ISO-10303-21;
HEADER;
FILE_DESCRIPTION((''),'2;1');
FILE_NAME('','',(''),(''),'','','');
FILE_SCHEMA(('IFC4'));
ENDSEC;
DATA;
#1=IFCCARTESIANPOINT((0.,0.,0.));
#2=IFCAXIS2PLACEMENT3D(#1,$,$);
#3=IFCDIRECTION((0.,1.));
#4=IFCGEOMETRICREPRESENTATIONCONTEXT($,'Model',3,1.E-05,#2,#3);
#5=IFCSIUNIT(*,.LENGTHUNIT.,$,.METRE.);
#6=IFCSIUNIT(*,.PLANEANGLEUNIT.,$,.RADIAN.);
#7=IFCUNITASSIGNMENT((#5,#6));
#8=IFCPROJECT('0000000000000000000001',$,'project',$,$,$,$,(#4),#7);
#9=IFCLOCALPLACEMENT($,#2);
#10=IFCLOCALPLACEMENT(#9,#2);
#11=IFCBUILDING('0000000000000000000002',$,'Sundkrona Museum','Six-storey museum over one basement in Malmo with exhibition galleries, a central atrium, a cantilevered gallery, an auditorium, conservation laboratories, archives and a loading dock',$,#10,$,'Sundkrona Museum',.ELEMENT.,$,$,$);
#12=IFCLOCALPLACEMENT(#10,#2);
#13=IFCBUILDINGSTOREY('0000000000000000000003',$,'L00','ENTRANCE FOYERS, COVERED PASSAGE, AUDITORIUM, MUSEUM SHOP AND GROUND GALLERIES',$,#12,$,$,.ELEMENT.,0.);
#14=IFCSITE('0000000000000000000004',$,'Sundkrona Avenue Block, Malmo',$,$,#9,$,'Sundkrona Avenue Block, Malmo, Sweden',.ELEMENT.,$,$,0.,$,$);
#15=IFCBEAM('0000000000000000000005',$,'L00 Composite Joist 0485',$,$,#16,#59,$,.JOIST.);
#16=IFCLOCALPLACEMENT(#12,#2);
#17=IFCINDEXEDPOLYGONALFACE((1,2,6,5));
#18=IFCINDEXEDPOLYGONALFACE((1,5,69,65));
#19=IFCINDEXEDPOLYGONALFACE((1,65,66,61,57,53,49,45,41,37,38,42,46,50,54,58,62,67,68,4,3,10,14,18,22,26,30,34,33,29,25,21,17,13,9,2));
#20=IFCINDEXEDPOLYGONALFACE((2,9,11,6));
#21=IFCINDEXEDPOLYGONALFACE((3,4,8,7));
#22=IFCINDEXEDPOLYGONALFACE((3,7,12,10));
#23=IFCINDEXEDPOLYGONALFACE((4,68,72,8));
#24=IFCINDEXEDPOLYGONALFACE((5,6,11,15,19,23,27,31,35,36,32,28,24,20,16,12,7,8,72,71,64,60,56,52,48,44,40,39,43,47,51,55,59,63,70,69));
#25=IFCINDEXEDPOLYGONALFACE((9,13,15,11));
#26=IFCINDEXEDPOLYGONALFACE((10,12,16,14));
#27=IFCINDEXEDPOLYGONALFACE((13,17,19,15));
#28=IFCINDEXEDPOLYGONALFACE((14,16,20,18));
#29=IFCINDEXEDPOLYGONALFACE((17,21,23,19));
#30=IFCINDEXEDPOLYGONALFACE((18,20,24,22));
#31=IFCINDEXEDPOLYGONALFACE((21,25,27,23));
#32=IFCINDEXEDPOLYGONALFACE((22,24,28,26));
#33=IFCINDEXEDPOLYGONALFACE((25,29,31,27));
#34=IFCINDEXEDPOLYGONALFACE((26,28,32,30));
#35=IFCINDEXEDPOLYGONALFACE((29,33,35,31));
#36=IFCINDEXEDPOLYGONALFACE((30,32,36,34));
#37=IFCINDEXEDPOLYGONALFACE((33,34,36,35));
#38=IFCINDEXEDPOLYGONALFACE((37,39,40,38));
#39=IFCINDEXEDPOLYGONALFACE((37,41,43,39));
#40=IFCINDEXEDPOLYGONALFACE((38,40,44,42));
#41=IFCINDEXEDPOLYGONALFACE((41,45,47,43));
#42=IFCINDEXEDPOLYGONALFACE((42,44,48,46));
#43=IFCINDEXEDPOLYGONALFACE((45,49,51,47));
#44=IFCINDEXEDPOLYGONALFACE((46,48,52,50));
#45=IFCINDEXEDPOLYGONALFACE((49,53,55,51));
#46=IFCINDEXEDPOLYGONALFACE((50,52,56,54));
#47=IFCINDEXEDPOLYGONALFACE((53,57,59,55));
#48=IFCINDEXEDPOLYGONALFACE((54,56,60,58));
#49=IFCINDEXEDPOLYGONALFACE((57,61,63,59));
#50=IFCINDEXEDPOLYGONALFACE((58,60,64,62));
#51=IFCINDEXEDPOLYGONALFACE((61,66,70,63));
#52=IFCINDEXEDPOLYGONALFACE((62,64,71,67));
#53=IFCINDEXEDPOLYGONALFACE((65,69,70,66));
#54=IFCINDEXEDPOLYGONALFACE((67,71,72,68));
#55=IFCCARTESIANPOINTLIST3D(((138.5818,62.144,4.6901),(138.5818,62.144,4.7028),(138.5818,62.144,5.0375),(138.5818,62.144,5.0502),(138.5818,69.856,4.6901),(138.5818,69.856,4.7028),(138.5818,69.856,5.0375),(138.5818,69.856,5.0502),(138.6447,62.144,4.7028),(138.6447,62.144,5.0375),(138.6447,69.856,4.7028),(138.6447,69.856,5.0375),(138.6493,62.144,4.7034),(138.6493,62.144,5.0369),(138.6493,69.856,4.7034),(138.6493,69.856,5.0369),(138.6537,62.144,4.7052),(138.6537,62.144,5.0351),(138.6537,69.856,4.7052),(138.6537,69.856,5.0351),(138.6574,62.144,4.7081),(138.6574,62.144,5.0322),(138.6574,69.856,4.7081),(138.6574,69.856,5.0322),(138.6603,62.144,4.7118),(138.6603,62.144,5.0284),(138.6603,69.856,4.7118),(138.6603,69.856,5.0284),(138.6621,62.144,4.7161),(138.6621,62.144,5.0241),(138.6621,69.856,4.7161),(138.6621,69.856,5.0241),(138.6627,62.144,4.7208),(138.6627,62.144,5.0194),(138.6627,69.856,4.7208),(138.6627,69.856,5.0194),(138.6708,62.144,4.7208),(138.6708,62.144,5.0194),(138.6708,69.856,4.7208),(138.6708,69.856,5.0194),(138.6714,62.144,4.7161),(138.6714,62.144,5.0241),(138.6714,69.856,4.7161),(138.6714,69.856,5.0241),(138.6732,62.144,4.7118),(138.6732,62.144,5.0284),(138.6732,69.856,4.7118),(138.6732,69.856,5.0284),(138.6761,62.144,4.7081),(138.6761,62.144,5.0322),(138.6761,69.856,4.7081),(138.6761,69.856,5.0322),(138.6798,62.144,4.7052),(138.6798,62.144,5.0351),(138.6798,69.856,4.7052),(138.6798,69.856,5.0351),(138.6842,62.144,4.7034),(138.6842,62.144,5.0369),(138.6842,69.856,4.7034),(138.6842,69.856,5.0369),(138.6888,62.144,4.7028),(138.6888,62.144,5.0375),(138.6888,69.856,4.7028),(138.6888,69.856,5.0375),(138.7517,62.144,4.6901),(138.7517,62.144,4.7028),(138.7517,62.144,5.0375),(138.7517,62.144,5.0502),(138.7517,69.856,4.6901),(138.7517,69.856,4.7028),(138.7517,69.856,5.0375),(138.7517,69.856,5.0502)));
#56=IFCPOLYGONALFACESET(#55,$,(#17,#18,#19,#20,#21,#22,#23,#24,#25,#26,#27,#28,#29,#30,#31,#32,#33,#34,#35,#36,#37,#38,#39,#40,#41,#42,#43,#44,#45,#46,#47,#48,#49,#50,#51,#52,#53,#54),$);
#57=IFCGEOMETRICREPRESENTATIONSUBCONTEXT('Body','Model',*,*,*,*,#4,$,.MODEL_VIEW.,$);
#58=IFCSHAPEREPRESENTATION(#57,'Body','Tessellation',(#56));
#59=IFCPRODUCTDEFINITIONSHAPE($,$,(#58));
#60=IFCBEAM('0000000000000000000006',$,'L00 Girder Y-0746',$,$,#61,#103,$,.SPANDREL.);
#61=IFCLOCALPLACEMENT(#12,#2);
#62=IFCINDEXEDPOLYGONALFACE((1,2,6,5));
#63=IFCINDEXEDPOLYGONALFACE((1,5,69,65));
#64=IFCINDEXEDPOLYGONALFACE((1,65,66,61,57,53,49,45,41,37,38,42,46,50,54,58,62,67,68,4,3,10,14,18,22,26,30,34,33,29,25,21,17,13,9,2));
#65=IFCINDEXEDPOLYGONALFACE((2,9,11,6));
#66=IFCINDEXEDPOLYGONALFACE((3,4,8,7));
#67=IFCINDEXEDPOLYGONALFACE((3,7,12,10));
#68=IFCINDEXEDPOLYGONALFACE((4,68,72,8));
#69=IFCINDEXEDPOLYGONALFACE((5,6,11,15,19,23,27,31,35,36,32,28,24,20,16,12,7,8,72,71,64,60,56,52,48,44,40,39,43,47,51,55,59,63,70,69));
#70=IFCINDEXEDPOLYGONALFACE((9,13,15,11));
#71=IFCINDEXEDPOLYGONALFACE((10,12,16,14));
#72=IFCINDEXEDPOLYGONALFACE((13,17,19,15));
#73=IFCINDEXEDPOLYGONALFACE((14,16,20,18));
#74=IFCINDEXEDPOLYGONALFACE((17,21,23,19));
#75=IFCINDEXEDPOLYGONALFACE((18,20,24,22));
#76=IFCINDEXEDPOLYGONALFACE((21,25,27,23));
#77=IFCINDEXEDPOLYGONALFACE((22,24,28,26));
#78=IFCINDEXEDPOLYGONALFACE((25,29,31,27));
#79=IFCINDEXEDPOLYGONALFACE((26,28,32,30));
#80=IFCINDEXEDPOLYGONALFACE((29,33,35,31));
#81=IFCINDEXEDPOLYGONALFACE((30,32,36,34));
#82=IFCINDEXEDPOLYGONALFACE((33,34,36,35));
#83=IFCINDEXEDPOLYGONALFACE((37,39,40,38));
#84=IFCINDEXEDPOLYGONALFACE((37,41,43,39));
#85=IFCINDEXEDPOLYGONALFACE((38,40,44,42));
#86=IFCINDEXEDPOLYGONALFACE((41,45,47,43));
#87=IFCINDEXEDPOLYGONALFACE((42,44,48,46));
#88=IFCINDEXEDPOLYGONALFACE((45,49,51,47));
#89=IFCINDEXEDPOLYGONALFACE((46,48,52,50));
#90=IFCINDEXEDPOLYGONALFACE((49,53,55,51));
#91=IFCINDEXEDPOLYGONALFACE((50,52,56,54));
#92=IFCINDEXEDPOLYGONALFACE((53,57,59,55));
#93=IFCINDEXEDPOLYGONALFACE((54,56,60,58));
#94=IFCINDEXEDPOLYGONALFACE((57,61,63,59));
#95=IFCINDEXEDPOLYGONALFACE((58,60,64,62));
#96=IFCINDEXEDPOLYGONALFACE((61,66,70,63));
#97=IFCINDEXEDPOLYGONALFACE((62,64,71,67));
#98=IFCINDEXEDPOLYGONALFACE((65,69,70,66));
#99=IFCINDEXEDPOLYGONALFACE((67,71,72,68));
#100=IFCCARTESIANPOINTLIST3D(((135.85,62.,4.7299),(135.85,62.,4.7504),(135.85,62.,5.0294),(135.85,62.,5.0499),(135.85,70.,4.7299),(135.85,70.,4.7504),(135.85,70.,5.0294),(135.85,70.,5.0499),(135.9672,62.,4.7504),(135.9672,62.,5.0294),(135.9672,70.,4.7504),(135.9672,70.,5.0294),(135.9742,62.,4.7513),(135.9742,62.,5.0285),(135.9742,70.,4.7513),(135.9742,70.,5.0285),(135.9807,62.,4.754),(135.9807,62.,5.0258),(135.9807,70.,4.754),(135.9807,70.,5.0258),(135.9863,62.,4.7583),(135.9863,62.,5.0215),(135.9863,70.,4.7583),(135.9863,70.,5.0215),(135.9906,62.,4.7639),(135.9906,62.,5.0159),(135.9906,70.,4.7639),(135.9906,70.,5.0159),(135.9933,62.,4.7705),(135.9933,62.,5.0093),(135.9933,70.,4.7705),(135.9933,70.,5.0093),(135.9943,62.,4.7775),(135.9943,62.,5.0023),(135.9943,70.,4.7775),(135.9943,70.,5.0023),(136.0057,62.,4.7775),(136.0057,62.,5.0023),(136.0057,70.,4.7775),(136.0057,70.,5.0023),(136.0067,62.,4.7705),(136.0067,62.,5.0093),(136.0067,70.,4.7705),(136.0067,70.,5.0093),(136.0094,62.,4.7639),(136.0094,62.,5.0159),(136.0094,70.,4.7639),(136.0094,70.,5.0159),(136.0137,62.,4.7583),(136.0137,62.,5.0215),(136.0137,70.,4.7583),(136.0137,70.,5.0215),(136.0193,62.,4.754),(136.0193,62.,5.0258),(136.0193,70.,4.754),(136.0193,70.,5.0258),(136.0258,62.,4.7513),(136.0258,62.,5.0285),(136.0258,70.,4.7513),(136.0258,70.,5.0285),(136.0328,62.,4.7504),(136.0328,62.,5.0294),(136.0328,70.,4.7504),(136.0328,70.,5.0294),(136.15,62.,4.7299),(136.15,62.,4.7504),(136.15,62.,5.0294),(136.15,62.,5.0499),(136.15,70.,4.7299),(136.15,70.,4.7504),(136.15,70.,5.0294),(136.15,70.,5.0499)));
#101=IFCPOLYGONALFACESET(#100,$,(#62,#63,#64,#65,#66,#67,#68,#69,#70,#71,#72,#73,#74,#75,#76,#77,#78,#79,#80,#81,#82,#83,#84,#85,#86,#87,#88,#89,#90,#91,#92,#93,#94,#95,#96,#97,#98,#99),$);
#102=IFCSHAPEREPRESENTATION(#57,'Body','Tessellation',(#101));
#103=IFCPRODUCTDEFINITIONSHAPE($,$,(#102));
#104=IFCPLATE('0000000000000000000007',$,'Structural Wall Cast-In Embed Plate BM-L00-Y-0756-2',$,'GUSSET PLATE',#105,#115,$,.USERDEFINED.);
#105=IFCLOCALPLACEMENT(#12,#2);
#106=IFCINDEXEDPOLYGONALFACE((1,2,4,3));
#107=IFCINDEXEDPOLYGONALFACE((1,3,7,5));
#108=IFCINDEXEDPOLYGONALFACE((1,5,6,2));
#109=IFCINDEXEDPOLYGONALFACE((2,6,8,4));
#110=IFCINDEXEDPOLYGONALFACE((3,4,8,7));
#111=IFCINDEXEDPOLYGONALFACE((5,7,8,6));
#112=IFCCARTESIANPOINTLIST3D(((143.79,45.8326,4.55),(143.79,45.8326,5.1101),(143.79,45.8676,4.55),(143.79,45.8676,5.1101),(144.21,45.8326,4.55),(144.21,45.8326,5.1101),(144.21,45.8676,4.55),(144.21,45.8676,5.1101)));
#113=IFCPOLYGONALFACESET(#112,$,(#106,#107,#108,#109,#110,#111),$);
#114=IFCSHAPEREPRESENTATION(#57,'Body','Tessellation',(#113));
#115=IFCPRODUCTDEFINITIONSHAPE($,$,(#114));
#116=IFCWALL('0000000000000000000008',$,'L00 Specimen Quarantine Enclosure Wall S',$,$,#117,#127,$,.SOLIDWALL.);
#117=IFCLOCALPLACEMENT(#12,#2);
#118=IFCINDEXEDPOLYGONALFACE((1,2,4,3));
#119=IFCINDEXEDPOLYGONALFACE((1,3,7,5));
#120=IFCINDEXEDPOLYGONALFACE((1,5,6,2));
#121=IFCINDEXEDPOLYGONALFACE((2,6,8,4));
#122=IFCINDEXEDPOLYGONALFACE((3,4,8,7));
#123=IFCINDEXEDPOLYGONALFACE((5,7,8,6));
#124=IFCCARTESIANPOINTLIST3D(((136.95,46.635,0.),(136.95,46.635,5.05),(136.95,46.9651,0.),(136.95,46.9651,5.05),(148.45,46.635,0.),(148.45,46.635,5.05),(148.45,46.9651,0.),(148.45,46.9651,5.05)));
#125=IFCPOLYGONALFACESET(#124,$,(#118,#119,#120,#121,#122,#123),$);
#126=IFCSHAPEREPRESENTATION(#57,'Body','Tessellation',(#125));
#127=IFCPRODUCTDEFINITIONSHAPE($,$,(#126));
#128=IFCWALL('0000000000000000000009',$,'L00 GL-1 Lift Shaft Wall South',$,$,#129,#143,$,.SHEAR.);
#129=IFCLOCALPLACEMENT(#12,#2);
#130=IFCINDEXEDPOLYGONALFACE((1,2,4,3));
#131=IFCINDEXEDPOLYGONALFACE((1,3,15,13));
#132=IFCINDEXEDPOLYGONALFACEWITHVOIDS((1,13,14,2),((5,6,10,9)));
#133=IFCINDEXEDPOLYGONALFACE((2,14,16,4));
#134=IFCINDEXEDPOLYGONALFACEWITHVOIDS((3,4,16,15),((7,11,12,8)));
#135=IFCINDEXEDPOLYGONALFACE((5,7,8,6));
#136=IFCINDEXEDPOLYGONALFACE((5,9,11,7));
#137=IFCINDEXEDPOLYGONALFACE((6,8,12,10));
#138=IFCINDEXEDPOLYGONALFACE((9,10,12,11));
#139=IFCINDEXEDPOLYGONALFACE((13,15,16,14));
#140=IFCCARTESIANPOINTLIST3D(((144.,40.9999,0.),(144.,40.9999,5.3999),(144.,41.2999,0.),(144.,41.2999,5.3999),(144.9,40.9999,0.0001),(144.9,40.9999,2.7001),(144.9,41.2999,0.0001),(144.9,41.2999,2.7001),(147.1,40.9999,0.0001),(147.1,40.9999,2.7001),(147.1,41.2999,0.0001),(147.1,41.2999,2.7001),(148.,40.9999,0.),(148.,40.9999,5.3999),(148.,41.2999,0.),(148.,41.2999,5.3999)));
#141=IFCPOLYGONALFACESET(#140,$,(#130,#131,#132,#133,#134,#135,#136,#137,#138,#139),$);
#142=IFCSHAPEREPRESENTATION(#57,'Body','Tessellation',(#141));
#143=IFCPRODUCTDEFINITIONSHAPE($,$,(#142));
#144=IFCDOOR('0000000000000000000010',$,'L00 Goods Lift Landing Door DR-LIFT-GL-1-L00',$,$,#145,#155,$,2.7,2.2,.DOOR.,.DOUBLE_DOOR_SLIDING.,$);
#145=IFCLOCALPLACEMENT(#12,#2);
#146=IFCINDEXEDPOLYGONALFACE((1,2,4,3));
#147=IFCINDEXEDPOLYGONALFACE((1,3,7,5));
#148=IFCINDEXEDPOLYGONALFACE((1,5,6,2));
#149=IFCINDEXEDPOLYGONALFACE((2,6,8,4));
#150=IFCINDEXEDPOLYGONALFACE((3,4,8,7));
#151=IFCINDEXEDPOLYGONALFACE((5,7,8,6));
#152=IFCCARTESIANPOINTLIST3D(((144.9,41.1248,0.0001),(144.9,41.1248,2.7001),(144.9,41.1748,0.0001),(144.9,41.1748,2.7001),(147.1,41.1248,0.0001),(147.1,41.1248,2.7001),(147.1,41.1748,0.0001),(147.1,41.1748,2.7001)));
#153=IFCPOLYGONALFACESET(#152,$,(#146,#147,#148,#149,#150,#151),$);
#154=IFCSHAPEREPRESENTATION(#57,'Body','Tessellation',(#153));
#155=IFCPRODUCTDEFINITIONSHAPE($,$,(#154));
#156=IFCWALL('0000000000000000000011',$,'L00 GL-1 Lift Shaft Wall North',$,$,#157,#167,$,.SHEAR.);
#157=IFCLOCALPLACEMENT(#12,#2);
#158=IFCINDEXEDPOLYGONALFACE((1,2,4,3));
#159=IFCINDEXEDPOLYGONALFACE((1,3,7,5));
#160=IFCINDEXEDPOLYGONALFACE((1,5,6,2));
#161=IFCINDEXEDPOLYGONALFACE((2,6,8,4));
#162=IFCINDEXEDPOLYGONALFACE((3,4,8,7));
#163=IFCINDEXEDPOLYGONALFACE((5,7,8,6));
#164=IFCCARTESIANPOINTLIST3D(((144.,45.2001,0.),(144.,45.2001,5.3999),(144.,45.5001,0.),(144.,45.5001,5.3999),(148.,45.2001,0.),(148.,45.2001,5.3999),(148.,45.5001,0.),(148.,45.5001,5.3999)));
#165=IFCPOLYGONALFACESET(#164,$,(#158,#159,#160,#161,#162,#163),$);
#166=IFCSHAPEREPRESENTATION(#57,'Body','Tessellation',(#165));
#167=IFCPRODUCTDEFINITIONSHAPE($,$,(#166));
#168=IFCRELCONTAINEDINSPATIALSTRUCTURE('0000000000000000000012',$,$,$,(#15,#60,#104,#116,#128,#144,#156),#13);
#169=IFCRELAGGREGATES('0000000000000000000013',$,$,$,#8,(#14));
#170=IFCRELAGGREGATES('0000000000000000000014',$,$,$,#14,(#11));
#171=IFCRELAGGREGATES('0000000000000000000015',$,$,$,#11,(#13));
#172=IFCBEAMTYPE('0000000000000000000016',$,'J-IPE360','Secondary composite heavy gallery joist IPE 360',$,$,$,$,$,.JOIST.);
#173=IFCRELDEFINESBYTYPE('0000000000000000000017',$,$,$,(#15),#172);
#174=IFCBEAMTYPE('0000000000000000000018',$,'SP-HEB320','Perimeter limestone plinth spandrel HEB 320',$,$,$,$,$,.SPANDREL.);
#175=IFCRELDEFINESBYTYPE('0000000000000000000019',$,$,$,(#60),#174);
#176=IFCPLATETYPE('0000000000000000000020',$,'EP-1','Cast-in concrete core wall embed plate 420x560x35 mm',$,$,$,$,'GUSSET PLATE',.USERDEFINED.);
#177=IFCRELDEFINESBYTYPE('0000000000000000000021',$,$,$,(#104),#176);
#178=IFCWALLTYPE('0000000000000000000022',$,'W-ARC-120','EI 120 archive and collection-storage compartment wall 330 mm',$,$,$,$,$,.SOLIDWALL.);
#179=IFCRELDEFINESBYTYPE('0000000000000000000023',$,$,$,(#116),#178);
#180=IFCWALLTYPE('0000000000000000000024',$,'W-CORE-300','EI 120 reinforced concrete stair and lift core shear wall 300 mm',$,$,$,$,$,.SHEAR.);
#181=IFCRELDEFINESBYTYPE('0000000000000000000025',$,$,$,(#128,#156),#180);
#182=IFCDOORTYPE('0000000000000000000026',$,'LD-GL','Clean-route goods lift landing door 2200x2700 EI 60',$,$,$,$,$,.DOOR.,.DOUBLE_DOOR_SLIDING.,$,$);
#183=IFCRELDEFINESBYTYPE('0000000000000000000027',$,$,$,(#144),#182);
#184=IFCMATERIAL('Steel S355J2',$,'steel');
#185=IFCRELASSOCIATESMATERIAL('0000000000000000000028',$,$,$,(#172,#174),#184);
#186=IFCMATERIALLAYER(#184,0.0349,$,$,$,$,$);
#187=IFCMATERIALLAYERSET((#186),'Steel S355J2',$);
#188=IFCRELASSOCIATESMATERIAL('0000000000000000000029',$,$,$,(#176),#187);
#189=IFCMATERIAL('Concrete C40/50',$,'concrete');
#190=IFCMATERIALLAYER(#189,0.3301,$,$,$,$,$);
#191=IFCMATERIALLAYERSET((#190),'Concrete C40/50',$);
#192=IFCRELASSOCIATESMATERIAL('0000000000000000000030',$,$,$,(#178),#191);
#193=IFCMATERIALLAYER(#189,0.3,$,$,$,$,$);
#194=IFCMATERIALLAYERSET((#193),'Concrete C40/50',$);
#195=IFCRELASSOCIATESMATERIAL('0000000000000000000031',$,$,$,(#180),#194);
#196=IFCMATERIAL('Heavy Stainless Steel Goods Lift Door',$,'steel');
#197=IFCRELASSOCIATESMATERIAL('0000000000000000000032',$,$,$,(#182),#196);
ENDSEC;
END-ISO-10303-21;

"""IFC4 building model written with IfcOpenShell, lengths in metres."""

from ifc_helpers import new_model, si_unit, direction, frame, frame_2d, origin, origin_2d, place, context, subcontext, project, spatial, rectangle, i_section, extrude, material, layer, layer_set, material_profile, profile_set, type_object, element, fill, save


model = new_model("IFC4")

# Units and contexts
model_context = context("Model", 3, precision=1e-05, world=origin(), true_north=direction((0.0, 1.0)))
body_context = subcontext(model_context, "Body", "Model", "MODEL_VIEW")
ifc_project = project(units=[si_unit("LENGTHUNIT", "METRE"), si_unit("PLANEANGLEUNIT", "RADIAN")], contexts=[model_context])

# Site, building, storey
site_placement = place(None, origin())
site = spatial("IfcSite", under=ifc_project, at=site_placement, Name="Sundkrona Avenue Block, Malmo", LongName="Sundkrona Avenue Block, Malmo, Sweden", CompositionType="ELEMENT", RefElevation=0.0)
building_placement = place(site_placement, origin())
building = spatial("IfcBuilding", under=site, at=building_placement, Name="Sundkrona Museum", Description="Six-storey museum over one basement in Malmo with exhibition galleries, a central atrium, a cantilevered gallery, an auditorium, conservation laboratories, archives and a loading dock", LongName="Sundkrona Museum", CompositionType="ELEMENT")
storey_placement = place(building_placement, origin())
storey = spatial("IfcBuildingStorey", under=building, at=storey_placement, Name="L00", Description="ENTRANCE FOYERS, COVERED PASSAGE, AUDITORIUM, MUSEUM SHOP AND GROUND GALLERIES", CompositionType="ELEMENT", Elevation=0.0)

# Shared definitions
ifc_material_1 = material(Name="Steel S355J2", Category="steel")

# Beams
ifc_material_profile_1 = material_profile(ifc_material_1, i_section(OverallWidth=0.1699, OverallDepth=0.3601, WebThickness=0.0081, FlangeThickness=0.0127, FilletRadius=0.0181, at=origin_2d()), Name="IPE 360")
ifc_profile_set_1 = profile_set([ifc_material_profile_1], Name="Steel S355J2")
beam_type_1 = type_object("IfcBeamType", Name="J-IPE360", Description="Secondary composite heavy gallery joist IPE 360", PredefinedType="JOIST", material=ifc_profile_set_1)
beam_1_placement = place(storey_placement, frame((138.6667, 62.144, 4.8701), z_axis=(0.0, 1.0, 0.0), x_axis=(-1.0, 0.0, 0.0)))
element("IfcBeam", 1, at=beam_1_placement, inside=storey, type_object=beam_type_1, Name="L00 Composite Joist 0485", PredefinedType="JOIST", context=body_context, shape_type="SweptSolid", body=[
    extrude(i_section(OverallWidth=0.1699, OverallDepth=0.3601, WebThickness=0.0081, FlangeThickness=0.0127, FilletRadius=0.0181, at=origin_2d()), origin(), (0.0, 0.0, 1.0), 7.7119),
])
ifc_material_profile_2 = material_profile(ifc_material_1, i_section(OverallWidth=0.3, OverallDepth=0.3201, WebThickness=0.0115, FlangeThickness=0.0205, FilletRadius=0.0271, at=origin_2d()), Name="HEB 320")
ifc_profile_set_2 = profile_set([ifc_material_profile_2], Name="Steel S355J2")
beam_type_2 = type_object("IfcBeamType", Name="SP-HEB320", Description="Perimeter limestone plinth spandrel HEB 320", PredefinedType="SPANDREL", material=ifc_profile_set_2)
beam_2_placement = place(storey_placement, frame((136.0, 62.0, 4.8899), z_axis=(0.0, 1.0, 0.0), x_axis=(-1.0, 0.0, 0.0)))
element("IfcBeam", 2, at=beam_2_placement, inside=storey, type_object=beam_type_2, Name="L00 Girder Y-0746", PredefinedType="SPANDREL", context=body_context, shape_type="SweptSolid", body=[
    extrude(i_section(OverallWidth=0.3, OverallDepth=0.3201, WebThickness=0.0115, FlangeThickness=0.0205, FilletRadius=0.0271, at=origin_2d()), origin(), (0.0, 0.0, 1.0), 8.0),
])

# Plate
ifc_layer_1 = layer(ifc_material_1, 0.0349)
ifc_layer_set_1 = layer_set([ifc_layer_1], Name="Steel S355J2")
plate_type = type_object("IfcPlateType", Name="EP-1", Description="Cast-in concrete core wall embed plate 420x560x35 mm", ElementType="GUSSET PLATE", PredefinedType="USERDEFINED", material=ifc_layer_set_1)
plate_placement = place(storey_placement, frame((144.0, 45.8501, 4.55), z_axis=(0.0, 0.0, 1.0), x_axis=(1.0, 0.0, 0.0)))
element("IfcPlate", 3, at=plate_placement, inside=storey, type_object=plate_type, Name="Structural Wall Cast-In Embed Plate BM-L00-Y-0756-2", ObjectType="GUSSET PLATE", PredefinedType="USERDEFINED", context=body_context, shape_type="SweptSolid", body=[
    extrude(rectangle(XDim=0.4199, YDim=0.0349, at=origin_2d()), origin(), (0.0, 0.0, 1.0), 0.5601),
])

# Wall
ifc_material_2 = material(Name="Concrete C40/50", Category="concrete")
ifc_layer_2 = layer(ifc_material_2, 0.3301)
ifc_layer_set_2 = layer_set([ifc_layer_2], Name="Concrete C40/50")
wall_type_1 = type_object("IfcWallType", Name="W-ARC-120", Description="EI 120 archive and collection-storage compartment wall 330 mm", PredefinedType="SOLIDWALL", material=ifc_layer_set_2)
wall_1_placement = place(storey_placement, frame((136.95, 46.8, 0.0), z_axis=(0.0, 0.0, 1.0), x_axis=(1.0, 0.0, 0.0)))
element("IfcWall", 4, at=wall_1_placement, inside=storey, type_object=wall_type_1, Name="L00 Specimen Quarantine Enclosure Wall S", PredefinedType="SOLIDWALL", context=body_context, shape_type="SweptSolid", body=[
    extrude(rectangle(XDim=11.5, YDim=0.3301, at=frame_2d((5.75, 0.0))), origin(), (0.0, 0.0, 1.0), 5.05),
])

# Wall, opening, door
ifc_layer_3 = layer(ifc_material_2, 0.3)
ifc_layer_set_3 = layer_set([ifc_layer_3], Name="Concrete C40/50")
wall_type_2 = type_object("IfcWallType", Name="W-CORE-300", Description="EI 120 reinforced concrete stair and lift core shear wall 300 mm", PredefinedType="SHEAR", material=ifc_layer_set_3)
wall_2_placement = place(storey_placement, frame((144.0, 41.1499, 0.0), z_axis=(0.0, 0.0, 1.0), x_axis=(1.0, 0.0, 0.0)))
wall_2 = element("IfcWall", 5, at=wall_2_placement, inside=storey, type_object=wall_type_2, Name="L00 GL-1 Lift Shaft Wall South", PredefinedType="SHEAR", context=body_context, shape_type="SweptSolid", body=[
    extrude(rectangle(XDim=4.0, YDim=0.3, at=frame_2d((2.0, 0.0))), origin(), (0.0, 0.0, 1.0), 5.3999),
])
opening_1_placement = place(wall_2_placement, frame((0.8999, 0.0, 0.0)))
opening_1 = element("IfcOpeningElement", 6, at=opening_1_placement, cuts=wall_2, PredefinedType="OPENING", context=body_context, shape_type="SweptSolid", body=[
    extrude(rectangle(XDim=2.2, YDim=2.7, at=frame_2d((1.1001, 1.3501))), frame((0.0, 0.1599, 0.0), z_axis=(0.0, -1.0, 0.0), x_axis=(1.0, 0.0, 0.0)), (0.0, 0.0, 1.0), 0.3201),
])
ifc_material_3 = material(Name="Heavy Stainless Steel Goods Lift Door", Category="steel")
door_type = type_object("IfcDoorType", Name="LD-GL", Description="Clean-route goods lift landing door 2200x2700 EI 60", OperationType="DOUBLE_DOOR_SLIDING", PredefinedType="DOOR", material=ifc_material_3)
door_placement = place(opening_1_placement, origin())
door = element("IfcDoor", 7, at=door_placement, inside=storey, type_object=door_type, Name="L00 Goods Lift Landing Door DR-LIFT-GL-1-L00", OperationType="DOUBLE_DOOR_SLIDING", OverallHeight=2.7, OverallWidth=2.2, PredefinedType="DOOR", context=body_context, shape_type="SweptSolid", body=[
    extrude(rectangle(XDim=2.2, YDim=2.7, at=frame_2d((1.1001, 1.3501))), frame((0.0, 0.0249, 0.0), z_axis=(0.0, -1.0, 0.0), x_axis=(1.0, 0.0, 0.0)), (0.0, 0.0, 1.0), 0.05),
])
fill(opening_1, door)

# Wall
wall_3_placement = place(storey_placement, frame((144.0, 45.3501, 0.0), z_axis=(0.0, 0.0, 1.0), x_axis=(1.0, 0.0, 0.0)))
element("IfcWall", 8, at=wall_3_placement, inside=storey, type_object=wall_type_2, Name="L00 GL-1 Lift Shaft Wall North", PredefinedType="SHEAR", context=body_context, shape_type="SweptSolid", body=[
    extrude(rectangle(XDim=4.0, YDim=0.3, at=frame_2d((2.0, 0.0))), origin(), (0.0, 0.0, 1.0), 5.3999),
])

save(model, "model.ifc")
